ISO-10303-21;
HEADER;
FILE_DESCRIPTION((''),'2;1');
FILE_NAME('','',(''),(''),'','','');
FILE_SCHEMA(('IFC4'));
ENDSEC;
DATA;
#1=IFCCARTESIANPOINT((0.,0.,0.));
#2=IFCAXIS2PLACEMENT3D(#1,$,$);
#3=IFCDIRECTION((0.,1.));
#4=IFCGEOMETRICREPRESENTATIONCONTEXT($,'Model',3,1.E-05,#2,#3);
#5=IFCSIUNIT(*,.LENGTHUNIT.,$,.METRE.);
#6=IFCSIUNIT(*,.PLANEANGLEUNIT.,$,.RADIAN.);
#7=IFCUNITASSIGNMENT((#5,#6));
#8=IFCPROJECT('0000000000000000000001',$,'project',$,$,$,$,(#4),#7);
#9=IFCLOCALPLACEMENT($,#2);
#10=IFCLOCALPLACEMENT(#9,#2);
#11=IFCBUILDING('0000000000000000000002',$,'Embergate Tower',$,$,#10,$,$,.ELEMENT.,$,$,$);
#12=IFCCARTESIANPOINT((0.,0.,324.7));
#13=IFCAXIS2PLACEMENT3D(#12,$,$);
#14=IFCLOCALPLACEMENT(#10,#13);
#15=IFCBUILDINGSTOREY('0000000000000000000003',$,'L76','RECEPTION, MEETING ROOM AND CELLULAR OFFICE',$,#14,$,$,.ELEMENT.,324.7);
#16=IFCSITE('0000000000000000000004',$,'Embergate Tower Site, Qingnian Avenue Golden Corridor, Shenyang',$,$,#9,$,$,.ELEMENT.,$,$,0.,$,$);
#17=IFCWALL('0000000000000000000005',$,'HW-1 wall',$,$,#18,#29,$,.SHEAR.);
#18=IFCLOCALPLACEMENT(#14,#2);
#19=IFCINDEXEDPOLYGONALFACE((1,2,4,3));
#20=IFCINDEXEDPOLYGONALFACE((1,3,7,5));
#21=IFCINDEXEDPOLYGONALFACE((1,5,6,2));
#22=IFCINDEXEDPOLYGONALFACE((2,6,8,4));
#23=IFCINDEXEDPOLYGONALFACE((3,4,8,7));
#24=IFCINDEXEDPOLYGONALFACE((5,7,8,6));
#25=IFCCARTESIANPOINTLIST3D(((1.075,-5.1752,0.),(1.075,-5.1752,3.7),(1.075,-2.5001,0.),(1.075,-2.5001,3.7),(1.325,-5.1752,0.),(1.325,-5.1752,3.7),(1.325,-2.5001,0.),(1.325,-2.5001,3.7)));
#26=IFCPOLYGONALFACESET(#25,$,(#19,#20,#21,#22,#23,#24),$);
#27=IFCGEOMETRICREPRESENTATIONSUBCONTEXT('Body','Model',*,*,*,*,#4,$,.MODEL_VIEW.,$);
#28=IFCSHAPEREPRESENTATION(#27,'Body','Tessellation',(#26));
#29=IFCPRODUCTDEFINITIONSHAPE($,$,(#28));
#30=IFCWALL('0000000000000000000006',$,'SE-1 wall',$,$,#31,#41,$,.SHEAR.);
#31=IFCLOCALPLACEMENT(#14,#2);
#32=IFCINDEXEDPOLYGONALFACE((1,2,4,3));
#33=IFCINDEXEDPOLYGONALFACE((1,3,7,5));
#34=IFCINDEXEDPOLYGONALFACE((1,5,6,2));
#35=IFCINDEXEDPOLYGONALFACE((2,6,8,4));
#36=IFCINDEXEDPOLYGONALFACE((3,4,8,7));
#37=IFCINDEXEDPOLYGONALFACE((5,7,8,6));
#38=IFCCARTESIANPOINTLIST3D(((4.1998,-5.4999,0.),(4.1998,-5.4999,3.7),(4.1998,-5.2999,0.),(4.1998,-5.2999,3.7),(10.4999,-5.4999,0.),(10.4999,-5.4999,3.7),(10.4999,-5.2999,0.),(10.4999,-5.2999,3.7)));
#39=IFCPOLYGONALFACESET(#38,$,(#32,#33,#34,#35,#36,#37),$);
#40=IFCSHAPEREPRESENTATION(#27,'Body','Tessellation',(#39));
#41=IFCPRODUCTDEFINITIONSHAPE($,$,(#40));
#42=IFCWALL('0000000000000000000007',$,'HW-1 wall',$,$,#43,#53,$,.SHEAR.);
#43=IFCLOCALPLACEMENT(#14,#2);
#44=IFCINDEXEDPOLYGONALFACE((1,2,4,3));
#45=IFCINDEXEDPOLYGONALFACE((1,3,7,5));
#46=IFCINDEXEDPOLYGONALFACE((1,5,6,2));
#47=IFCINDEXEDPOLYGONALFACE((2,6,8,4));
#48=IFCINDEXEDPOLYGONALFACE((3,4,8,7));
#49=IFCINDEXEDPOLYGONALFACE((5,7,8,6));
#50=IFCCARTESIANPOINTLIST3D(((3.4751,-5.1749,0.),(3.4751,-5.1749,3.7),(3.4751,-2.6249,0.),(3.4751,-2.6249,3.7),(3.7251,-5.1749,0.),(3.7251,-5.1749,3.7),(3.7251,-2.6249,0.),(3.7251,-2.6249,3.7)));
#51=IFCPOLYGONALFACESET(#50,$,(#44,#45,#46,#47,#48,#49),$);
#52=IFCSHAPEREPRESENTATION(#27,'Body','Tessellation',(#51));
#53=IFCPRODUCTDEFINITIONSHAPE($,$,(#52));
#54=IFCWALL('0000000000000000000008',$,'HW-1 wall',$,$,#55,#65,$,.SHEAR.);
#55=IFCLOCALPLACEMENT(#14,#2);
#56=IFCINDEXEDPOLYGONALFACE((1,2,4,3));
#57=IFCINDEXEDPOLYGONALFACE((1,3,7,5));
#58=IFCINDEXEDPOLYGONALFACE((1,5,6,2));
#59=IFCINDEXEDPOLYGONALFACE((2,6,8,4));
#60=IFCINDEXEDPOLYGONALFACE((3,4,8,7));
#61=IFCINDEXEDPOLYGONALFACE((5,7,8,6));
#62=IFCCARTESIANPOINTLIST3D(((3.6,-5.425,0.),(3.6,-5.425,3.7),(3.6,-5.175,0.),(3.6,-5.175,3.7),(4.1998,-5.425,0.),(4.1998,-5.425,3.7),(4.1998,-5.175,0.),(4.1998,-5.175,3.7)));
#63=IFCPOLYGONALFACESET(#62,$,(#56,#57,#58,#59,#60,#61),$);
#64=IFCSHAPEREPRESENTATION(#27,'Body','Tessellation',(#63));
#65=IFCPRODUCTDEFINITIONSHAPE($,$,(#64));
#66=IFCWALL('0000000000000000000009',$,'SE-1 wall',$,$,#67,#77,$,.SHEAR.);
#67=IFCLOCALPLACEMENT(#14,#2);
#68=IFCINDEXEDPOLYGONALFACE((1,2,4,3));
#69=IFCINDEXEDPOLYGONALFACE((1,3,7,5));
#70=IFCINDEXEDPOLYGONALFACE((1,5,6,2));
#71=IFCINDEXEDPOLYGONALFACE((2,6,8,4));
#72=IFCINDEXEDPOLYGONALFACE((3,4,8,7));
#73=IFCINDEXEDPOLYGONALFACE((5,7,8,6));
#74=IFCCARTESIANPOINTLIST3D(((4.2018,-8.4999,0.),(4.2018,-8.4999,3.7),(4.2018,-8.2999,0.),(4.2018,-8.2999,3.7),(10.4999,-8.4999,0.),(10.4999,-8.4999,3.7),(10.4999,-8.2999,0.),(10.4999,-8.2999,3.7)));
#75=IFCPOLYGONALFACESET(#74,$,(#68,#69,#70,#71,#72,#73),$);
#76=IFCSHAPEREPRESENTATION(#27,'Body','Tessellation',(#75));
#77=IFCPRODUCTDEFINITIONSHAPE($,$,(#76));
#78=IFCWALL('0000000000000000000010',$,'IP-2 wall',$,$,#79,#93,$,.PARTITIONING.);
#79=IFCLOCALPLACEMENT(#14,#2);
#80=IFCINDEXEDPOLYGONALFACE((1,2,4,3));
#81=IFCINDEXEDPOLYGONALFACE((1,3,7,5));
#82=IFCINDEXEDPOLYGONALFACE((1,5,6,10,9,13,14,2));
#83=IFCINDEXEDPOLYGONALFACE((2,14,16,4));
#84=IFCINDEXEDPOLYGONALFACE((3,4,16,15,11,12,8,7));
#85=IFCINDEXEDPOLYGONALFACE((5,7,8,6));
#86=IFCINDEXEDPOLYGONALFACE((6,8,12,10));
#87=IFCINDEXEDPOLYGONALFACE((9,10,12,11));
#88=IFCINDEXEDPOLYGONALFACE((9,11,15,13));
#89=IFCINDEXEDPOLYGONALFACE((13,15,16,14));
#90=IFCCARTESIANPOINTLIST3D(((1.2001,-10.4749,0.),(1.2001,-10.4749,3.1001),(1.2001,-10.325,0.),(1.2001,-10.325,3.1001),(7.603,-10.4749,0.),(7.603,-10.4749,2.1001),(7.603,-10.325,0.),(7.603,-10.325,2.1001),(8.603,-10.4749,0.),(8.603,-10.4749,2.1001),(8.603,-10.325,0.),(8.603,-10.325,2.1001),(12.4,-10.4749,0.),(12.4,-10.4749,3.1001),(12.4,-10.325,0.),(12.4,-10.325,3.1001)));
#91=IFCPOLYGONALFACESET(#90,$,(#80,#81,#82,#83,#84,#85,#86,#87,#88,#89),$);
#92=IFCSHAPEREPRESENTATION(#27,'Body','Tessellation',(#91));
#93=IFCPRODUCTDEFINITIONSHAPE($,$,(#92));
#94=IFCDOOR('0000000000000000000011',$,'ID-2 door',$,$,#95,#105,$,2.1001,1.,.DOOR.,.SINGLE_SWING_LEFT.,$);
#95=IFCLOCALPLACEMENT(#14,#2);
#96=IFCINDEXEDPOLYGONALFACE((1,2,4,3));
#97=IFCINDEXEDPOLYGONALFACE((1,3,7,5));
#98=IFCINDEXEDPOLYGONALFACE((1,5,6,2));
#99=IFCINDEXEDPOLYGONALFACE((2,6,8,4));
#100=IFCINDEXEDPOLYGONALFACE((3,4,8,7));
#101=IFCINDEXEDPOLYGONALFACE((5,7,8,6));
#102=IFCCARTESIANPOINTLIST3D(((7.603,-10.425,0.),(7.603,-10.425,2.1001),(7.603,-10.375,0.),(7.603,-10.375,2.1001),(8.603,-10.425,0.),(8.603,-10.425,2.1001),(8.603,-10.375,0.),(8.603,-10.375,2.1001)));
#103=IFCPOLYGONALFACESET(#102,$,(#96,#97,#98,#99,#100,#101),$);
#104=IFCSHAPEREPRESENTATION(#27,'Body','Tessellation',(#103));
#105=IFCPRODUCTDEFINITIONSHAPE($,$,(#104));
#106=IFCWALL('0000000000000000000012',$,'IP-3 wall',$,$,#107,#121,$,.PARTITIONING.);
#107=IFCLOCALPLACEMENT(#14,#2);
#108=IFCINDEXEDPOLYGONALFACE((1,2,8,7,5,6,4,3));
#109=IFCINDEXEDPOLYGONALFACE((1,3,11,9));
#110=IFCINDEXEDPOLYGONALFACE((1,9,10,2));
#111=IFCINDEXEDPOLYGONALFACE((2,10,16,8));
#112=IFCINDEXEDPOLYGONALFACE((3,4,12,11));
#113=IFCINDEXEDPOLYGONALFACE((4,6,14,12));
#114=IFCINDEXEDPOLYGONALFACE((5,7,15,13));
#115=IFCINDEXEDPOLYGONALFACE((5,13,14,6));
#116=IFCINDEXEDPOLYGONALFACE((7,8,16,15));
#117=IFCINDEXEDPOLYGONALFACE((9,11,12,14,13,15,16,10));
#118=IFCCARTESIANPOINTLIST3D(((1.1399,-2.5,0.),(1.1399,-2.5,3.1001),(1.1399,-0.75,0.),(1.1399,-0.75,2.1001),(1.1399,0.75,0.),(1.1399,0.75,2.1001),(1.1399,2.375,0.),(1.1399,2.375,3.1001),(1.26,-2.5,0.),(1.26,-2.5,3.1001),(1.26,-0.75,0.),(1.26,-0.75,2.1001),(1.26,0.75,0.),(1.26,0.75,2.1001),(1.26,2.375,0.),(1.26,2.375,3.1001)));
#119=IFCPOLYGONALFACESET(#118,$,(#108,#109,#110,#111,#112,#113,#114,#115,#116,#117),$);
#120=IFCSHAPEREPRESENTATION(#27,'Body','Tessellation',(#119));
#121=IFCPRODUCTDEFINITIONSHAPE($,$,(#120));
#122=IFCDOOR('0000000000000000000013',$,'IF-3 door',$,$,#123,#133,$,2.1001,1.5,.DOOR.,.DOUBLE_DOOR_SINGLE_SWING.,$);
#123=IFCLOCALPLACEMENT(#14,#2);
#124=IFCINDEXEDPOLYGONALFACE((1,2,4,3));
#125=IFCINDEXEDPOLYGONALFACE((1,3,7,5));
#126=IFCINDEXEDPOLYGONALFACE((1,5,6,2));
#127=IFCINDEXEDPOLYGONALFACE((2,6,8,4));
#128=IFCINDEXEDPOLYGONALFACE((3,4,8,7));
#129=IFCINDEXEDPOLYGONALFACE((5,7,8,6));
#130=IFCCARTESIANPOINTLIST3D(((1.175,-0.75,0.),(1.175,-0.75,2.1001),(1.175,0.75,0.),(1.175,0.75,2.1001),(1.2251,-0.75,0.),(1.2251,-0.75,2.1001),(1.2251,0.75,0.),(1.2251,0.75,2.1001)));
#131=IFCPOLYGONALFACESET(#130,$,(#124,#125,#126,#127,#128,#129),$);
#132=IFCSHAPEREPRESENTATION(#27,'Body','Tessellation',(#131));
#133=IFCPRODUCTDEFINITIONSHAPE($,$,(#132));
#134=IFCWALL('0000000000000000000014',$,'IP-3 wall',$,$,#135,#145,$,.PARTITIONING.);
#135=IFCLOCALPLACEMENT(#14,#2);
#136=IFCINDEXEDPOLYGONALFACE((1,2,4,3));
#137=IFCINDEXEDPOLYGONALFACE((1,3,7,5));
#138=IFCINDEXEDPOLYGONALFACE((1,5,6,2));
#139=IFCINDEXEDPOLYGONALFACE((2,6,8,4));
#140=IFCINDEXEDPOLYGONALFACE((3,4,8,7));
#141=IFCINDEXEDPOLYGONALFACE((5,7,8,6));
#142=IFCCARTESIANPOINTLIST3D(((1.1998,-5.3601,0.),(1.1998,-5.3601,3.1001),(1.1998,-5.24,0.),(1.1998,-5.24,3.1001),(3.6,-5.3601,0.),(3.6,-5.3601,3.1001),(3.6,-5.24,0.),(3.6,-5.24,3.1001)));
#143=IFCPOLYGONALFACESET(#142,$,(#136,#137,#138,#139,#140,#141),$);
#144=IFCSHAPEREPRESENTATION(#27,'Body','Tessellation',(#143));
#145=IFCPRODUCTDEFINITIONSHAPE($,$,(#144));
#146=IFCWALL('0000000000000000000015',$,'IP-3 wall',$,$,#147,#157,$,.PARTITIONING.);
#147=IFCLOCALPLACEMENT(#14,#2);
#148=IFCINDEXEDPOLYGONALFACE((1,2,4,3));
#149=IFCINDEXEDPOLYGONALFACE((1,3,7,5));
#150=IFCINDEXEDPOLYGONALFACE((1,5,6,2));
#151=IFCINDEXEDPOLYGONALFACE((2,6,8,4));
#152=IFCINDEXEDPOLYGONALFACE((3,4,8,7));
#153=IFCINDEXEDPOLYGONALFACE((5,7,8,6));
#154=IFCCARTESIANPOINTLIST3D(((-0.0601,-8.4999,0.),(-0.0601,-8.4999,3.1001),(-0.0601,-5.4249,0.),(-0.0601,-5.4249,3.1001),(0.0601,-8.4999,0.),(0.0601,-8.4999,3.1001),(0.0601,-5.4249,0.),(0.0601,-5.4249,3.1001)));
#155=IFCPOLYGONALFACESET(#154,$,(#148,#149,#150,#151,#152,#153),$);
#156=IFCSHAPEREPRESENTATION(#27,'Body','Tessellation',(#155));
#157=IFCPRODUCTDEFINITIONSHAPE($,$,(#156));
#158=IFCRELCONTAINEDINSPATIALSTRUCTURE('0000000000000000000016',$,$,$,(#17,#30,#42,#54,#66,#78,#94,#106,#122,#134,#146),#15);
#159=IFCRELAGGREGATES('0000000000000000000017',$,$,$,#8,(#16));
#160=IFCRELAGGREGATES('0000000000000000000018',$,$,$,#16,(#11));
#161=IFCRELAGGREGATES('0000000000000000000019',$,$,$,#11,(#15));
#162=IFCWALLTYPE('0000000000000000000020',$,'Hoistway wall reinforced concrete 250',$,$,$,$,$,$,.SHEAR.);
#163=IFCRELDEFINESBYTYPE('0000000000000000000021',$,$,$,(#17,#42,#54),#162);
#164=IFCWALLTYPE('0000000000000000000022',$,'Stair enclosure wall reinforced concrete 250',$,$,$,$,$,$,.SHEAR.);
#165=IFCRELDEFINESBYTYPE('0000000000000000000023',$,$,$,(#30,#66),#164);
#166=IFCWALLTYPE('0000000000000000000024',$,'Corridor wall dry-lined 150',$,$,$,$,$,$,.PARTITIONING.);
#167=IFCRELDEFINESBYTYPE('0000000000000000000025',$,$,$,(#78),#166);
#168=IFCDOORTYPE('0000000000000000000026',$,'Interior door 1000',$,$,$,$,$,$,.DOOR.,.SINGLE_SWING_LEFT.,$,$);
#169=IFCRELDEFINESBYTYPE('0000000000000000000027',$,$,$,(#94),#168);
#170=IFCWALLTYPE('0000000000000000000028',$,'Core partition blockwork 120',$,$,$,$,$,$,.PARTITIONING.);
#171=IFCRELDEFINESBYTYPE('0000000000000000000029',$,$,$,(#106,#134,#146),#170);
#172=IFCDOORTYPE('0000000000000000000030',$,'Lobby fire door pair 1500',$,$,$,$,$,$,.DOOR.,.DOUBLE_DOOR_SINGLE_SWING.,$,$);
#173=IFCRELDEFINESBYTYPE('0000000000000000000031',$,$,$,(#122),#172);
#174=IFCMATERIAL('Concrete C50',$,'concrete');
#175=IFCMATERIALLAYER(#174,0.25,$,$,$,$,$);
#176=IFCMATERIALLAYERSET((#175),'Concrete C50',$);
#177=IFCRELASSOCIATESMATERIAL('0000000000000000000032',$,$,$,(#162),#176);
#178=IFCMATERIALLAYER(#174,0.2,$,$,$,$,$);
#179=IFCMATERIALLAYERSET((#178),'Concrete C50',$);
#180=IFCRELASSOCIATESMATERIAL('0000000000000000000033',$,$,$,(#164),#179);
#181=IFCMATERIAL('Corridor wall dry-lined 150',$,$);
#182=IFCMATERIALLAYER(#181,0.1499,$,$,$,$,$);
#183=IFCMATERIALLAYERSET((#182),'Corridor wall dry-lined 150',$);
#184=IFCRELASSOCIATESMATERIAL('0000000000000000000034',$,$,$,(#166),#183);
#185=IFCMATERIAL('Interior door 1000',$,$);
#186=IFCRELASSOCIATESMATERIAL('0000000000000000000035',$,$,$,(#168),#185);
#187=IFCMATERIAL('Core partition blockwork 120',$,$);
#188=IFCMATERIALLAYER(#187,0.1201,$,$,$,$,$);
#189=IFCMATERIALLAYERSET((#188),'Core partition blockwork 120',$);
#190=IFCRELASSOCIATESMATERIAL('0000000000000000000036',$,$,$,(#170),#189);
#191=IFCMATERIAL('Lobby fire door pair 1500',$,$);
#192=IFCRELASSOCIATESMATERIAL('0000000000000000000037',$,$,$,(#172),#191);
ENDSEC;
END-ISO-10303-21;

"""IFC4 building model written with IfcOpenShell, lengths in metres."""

from ifc_helpers import new_model, si_unit, direction, frame, frame_2d, origin, place, context, subcontext, project, spatial, rectangle, extrude, source, transform, mapped, material, layer, layer_set, type_object, element, fill, save


model = new_model("IFC4")

# Units and contexts
model_context = context("Model", 3, precision=1e-05, world=origin(), true_north=direction((0.0, 1.0)))
body_context = subcontext(model_context, "Body", "Model", "MODEL_VIEW")
ifc_project = project(units=[si_unit("LENGTHUNIT", "METRE"), si_unit("PLANEANGLEUNIT", "RADIAN")], contexts=[model_context])

# Site, building, storey
site_placement = place(None, origin())
site = spatial("IfcSite", under=ifc_project, at=site_placement, Name="Embergate Tower Site, Qingnian Avenue Golden Corridor, Shenyang", CompositionType="ELEMENT", RefElevation=0.0)
building_placement = place(site_placement, origin())
building = spatial("IfcBuilding", under=site, at=building_placement, Name="Embergate Tower", CompositionType="ELEMENT")
storey_placement = place(building_placement, frame((0.0, 0.0, 324.7)))
storey = spatial("IfcBuildingStorey", under=building, at=storey_placement, Name="L76", Description="RECEPTION, MEETING ROOM AND CELLULAR OFFICE", CompositionType="ELEMENT", Elevation=324.7)

# Walls
ifc_material_1 = material(Name="Concrete C50", Category="concrete")
ifc_layer_1 = layer(ifc_material_1, 0.25)
ifc_layer_set_1 = layer_set([ifc_layer_1], Name="Concrete C50")
wall_type_1 = type_object("IfcWallType", Name="Hoistway wall reinforced concrete 250", PredefinedType="SHEAR", material=ifc_layer_set_1)
shared_shape_1 = source(origin(), body_context, "Body", "SweptSolid", [
    extrude(rectangle(XDim=2.675, YDim=0.25, at=frame_2d((1.3374, 0.0))), origin(), (0.0, 0.0, 1.0), 3.7),
])
wall_1_placement = place(storey_placement, frame((1.2, -5.175, 0.0), z_axis=(0.0, 0.0, 1.0), x_axis=(0.0, 1.0, 0.0)))
element("IfcWall", 1, at=wall_1_placement, inside=storey, type_object=wall_type_1, Name="HW-1 wall", PredefinedType="SHEAR", context=body_context, shape_type="MappedRepresentation", body=[
    mapped(shared_shape_1, transform((0.0, 0.0, 0.0))),
])
ifc_layer_2 = layer(ifc_material_1, 0.2)
ifc_layer_set_2 = layer_set([ifc_layer_2], Name="Concrete C50")
wall_type_2 = type_object("IfcWallType", Name="Stair enclosure wall reinforced concrete 250", PredefinedType="SHEAR", material=ifc_layer_set_2)
shared_shape_2 = source(origin(), body_context, "Body", "SweptSolid", [
    extrude(rectangle(XDim=6.3, YDim=0.2, at=frame_2d((3.1499, 0.0))), origin(), (0.0, 0.0, 1.0), 3.7),
])
wall_2_placement = place(storey_placement, frame((4.2, -5.3999, 0.0), z_axis=(0.0, 0.0, 1.0), x_axis=(1.0, 0.0, 0.0)))
element("IfcWall", 2, at=wall_2_placement, inside=storey, type_object=wall_type_2, Name="SE-1 wall", PredefinedType="SHEAR", context=body_context, shape_type="MappedRepresentation", body=[
    mapped(shared_shape_2, transform((0.0, 0.0, 0.0))),
])
shared_shape_3 = source(origin(), body_context, "Body", "SweptSolid", [
    extrude(rectangle(XDim=2.55, YDim=0.25, at=frame_2d((1.2749, 0.0))), origin(), (0.0, 0.0, 1.0), 3.7),
])
wall_3_placement = place(storey_placement, frame((3.6001, -2.625, 0.0), z_axis=(0.0, 0.0, 1.0), x_axis=(0.0, -1.0, 0.0)))
element("IfcWall", 3, at=wall_3_placement, inside=storey, type_object=wall_type_1, Name="HW-1 wall", PredefinedType="SHEAR", context=body_context, shape_type="MappedRepresentation", body=[
    mapped(shared_shape_3, transform((0.0, 0.0, 0.0))),
])
shared_shape_4 = source(origin(), body_context, "Body", "SweptSolid", [
    extrude(rectangle(XDim=0.5999, YDim=0.25, at=frame_2d((0.2998, 0.0))), origin(), (0.0, 0.0, 1.0), 3.7),
])
wall_4_placement = place(storey_placement, frame((3.6001, -5.3, 0.0), z_axis=(0.0, 0.0, 1.0), x_axis=(1.0, 0.0, 0.0)))
element("IfcWall", 4, at=wall_4_placement, inside=storey, type_object=wall_type_1, Name="HW-1 wall", PredefinedType="SHEAR", context=body_context, shape_type="MappedRepresentation", body=[
    mapped(shared_shape_4, transform((0.0, 0.0, 0.0))),
])
shared_shape_5 = source(origin(), body_context, "Body", "SweptSolid", [
    extrude(rectangle(XDim=6.2981, YDim=0.2, at=frame_2d((3.1489, 0.0))), origin(), (0.0, 0.0, 1.0), 3.7),
])
wall_5_placement = place(storey_placement, frame((4.2019, -8.3999, 0.0), z_axis=(0.0, 0.0, 1.0), x_axis=(1.0, 0.0, 0.0)))
element("IfcWall", 5, at=wall_5_placement, inside=storey, type_object=wall_type_2, Name="SE-1 wall", PredefinedType="SHEAR", context=body_context, shape_type="MappedRepresentation", body=[
    mapped(shared_shape_5, transform((0.0, 0.0, 0.0))),
])

# Walls, openings, doors
ifc_material_2 = material(Name="Corridor wall dry-lined 150")
ifc_layer_3 = layer(ifc_material_2, 0.1499)
ifc_layer_set_3 = layer_set([ifc_layer_3], Name="Corridor wall dry-lined 150")
wall_type_3 = type_object("IfcWallType", Name="Corridor wall dry-lined 150", PredefinedType="PARTITIONING", material=ifc_layer_set_3)
shared_shape_6 = source(origin(), body_context, "Body", "SweptSolid", [
    extrude(rectangle(XDim=11.2, YDim=0.1499, at=frame_2d((5.6001, 0.0))), origin(), (0.0, 0.0, 1.0), 3.1001),
])
wall_6_placement = place(storey_placement, frame((1.2, -10.3999, 0.0), z_axis=(0.0, 0.0, 1.0), x_axis=(1.0, 0.0, 0.0)))
wall_6 = element("IfcWall", 6, at=wall_6_placement, inside=storey, type_object=wall_type_3, Name="IP-2 wall", PredefinedType="PARTITIONING", context=body_context, shape_type="MappedRepresentation", body=[
    mapped(shared_shape_6, transform((0.0, 0.0, 0.0))),
])
shared_shape_7 = source(origin(), body_context, "Body", "SweptSolid", [
    extrude(rectangle(XDim=1.0, YDim=2.1001, at=frame_2d((0.5, 1.05))), frame((0.0, 0.085, 0.0), z_axis=(0.0, -1.0, 0.0), x_axis=(1.0, 0.0, 0.0)), (0.0, 0.0, 1.0), 0.1699),
])
opening_1_placement = place(wall_6_placement, frame((6.4031, 0.0, 0.0)))
opening_1 = element("IfcOpeningElement", 7, at=opening_1_placement, cuts=wall_6, PredefinedType="OPENING", context=body_context, shape_type="MappedRepresentation", body=[
    mapped(shared_shape_7, transform((0.0, 0.0, 0.0))),
])
ifc_material_3 = material(Name="Interior door 1000")
door_type_1 = type_object("IfcDoorType", Name="Interior door 1000", OperationType="SINGLE_SWING_LEFT", PredefinedType="DOOR", material=ifc_material_3)
shared_shape_8 = source(origin(), body_context, "Body", "SweptSolid", [
    extrude(rectangle(XDim=1.0, YDim=2.1001, at=frame_2d((0.5, 1.05))), frame((0.0, 0.0249, 0.0), z_axis=(0.0, -1.0, 0.0), x_axis=(1.0, 0.0, 0.0)), (0.0, 0.0, 1.0), 0.05),
])
door_1_placement = place(opening_1_placement, origin())
door_1 = element("IfcDoor", 8, at=door_1_placement, inside=storey, type_object=door_type_1, Name="ID-2 door", OperationType="SINGLE_SWING_LEFT", OverallHeight=2.1001, OverallWidth=1.0, PredefinedType="DOOR", context=body_context, shape_type="MappedRepresentation", body=[
    mapped(shared_shape_8, transform((0.0, 0.0, 0.0))),
])
fill(opening_1, door_1)
ifc_material_4 = material(Name="Core partition blockwork 120")
ifc_layer_4 = layer(ifc_material_4, 0.1201)
ifc_layer_set_4 = layer_set([ifc_layer_4], Name="Core partition blockwork 120")
wall_type_4 = type_object("IfcWallType", Name="Core partition blockwork 120", PredefinedType="PARTITIONING", material=ifc_layer_set_4)
shared_shape_9 = source(origin(), body_context, "Body", "SweptSolid", [
    extrude(rectangle(XDim=4.875, YDim=0.1201, at=frame_2d((2.4375, 0.0))), origin(), (0.0, 0.0, 1.0), 3.1001),
])
wall_7_placement = place(storey_placement, frame((1.2, -2.5, 0.0), z_axis=(0.0, 0.0, 1.0), x_axis=(0.0, 1.0, 0.0)))
wall_7 = element("IfcWall", 9, at=wall_7_placement, inside=storey, type_object=wall_type_4, Name="IP-3 wall", PredefinedType="PARTITIONING", context=body_context, shape_type="MappedRepresentation", body=[
    mapped(shared_shape_9, transform((0.0, 0.0, 0.0))),
])
shared_shape_10 = source(origin(), body_context, "Body", "SweptSolid", [
    extrude(rectangle(XDim=1.5, YDim=2.1001, at=frame_2d((0.75, 1.05))), frame((0.0, 0.0701, 0.0), z_axis=(0.0, -1.0, 0.0), x_axis=(1.0, 0.0, 0.0)), (0.0, 0.0, 1.0), 0.1401),
])
opening_2_placement = place(wall_7_placement, frame((1.75, 0.0, 0.0)))
opening_2 = element("IfcOpeningElement", 10, at=opening_2_placement, cuts=wall_7, PredefinedType="OPENING", context=body_context, shape_type="MappedRepresentation", body=[
    mapped(shared_shape_10, transform((0.0, 0.0, 0.0))),
])
ifc_material_5 = material(Name="Lobby fire door pair 1500")
door_type_2 = type_object("IfcDoorType", Name="Lobby fire door pair 1500", OperationType="DOUBLE_DOOR_SINGLE_SWING", PredefinedType="DOOR", material=ifc_material_5)
shared_shape_11 = source(origin(), body_context, "Body", "SweptSolid", [
    extrude(rectangle(XDim=1.5, YDim=2.1001, at=frame_2d((0.75, 1.05))), frame((0.0, 0.0249, 0.0), z_axis=(0.0, -1.0, 0.0), x_axis=(1.0, 0.0, 0.0)), (0.0, 0.0, 1.0), 0.05),
])
door_2_placement = place(opening_2_placement, origin())
door_2 = element("IfcDoor", 11, at=door_2_placement, inside=storey, type_object=door_type_2, Name="IF-3 door", OperationType="DOUBLE_DOOR_SINGLE_SWING", OverallHeight=2.1001, OverallWidth=1.5, PredefinedType="DOOR", context=body_context, shape_type="MappedRepresentation", body=[
    mapped(shared_shape_11, transform((0.0, 0.0, 0.0))),
])
fill(opening_2, door_2)

# Walls
shared_shape_12 = source(origin(), body_context, "Body", "SweptSolid", [
    extrude(rectangle(XDim=2.4001, YDim=0.1201, at=frame_2d((1.2002, 0.0))), origin(), (0.0, 0.0, 1.0), 3.1001),
])
wall_8_placement = place(storey_placement, frame((3.6001, -5.3, 0.0), z_axis=(0.0, 0.0, 1.0), x_axis=(-1.0, 0.0, 0.0)))
element("IfcWall", 12, at=wall_8_placement, inside=storey, type_object=wall_type_4, Name="IP-3 wall", PredefinedType="PARTITIONING", context=body_context, shape_type="MappedRepresentation", body=[
    mapped(shared_shape_12, transform((0.0, 0.0, 0.0))),
])
shared_shape_13 = source(origin(), body_context, "Body", "SweptSolid", [
    extrude(rectangle(XDim=3.075, YDim=0.1201, at=frame_2d((1.5376, 0.0))), origin(), (0.0, 0.0, 1.0), 3.1001),
])
wall_9_placement = place(storey_placement, frame((0.0, -8.5, 0.0), z_axis=(0.0, 0.0, 1.0), x_axis=(0.0, 1.0, 0.0)))
element("IfcWall", 13, at=wall_9_placement, inside=storey, type_object=wall_type_4, Name="IP-3 wall", PredefinedType="PARTITIONING", context=body_context, shape_type="MappedRepresentation", body=[
    mapped(shared_shape_13, transform((0.0, 0.0, 0.0))),
])

save(model, "model.ifc")
